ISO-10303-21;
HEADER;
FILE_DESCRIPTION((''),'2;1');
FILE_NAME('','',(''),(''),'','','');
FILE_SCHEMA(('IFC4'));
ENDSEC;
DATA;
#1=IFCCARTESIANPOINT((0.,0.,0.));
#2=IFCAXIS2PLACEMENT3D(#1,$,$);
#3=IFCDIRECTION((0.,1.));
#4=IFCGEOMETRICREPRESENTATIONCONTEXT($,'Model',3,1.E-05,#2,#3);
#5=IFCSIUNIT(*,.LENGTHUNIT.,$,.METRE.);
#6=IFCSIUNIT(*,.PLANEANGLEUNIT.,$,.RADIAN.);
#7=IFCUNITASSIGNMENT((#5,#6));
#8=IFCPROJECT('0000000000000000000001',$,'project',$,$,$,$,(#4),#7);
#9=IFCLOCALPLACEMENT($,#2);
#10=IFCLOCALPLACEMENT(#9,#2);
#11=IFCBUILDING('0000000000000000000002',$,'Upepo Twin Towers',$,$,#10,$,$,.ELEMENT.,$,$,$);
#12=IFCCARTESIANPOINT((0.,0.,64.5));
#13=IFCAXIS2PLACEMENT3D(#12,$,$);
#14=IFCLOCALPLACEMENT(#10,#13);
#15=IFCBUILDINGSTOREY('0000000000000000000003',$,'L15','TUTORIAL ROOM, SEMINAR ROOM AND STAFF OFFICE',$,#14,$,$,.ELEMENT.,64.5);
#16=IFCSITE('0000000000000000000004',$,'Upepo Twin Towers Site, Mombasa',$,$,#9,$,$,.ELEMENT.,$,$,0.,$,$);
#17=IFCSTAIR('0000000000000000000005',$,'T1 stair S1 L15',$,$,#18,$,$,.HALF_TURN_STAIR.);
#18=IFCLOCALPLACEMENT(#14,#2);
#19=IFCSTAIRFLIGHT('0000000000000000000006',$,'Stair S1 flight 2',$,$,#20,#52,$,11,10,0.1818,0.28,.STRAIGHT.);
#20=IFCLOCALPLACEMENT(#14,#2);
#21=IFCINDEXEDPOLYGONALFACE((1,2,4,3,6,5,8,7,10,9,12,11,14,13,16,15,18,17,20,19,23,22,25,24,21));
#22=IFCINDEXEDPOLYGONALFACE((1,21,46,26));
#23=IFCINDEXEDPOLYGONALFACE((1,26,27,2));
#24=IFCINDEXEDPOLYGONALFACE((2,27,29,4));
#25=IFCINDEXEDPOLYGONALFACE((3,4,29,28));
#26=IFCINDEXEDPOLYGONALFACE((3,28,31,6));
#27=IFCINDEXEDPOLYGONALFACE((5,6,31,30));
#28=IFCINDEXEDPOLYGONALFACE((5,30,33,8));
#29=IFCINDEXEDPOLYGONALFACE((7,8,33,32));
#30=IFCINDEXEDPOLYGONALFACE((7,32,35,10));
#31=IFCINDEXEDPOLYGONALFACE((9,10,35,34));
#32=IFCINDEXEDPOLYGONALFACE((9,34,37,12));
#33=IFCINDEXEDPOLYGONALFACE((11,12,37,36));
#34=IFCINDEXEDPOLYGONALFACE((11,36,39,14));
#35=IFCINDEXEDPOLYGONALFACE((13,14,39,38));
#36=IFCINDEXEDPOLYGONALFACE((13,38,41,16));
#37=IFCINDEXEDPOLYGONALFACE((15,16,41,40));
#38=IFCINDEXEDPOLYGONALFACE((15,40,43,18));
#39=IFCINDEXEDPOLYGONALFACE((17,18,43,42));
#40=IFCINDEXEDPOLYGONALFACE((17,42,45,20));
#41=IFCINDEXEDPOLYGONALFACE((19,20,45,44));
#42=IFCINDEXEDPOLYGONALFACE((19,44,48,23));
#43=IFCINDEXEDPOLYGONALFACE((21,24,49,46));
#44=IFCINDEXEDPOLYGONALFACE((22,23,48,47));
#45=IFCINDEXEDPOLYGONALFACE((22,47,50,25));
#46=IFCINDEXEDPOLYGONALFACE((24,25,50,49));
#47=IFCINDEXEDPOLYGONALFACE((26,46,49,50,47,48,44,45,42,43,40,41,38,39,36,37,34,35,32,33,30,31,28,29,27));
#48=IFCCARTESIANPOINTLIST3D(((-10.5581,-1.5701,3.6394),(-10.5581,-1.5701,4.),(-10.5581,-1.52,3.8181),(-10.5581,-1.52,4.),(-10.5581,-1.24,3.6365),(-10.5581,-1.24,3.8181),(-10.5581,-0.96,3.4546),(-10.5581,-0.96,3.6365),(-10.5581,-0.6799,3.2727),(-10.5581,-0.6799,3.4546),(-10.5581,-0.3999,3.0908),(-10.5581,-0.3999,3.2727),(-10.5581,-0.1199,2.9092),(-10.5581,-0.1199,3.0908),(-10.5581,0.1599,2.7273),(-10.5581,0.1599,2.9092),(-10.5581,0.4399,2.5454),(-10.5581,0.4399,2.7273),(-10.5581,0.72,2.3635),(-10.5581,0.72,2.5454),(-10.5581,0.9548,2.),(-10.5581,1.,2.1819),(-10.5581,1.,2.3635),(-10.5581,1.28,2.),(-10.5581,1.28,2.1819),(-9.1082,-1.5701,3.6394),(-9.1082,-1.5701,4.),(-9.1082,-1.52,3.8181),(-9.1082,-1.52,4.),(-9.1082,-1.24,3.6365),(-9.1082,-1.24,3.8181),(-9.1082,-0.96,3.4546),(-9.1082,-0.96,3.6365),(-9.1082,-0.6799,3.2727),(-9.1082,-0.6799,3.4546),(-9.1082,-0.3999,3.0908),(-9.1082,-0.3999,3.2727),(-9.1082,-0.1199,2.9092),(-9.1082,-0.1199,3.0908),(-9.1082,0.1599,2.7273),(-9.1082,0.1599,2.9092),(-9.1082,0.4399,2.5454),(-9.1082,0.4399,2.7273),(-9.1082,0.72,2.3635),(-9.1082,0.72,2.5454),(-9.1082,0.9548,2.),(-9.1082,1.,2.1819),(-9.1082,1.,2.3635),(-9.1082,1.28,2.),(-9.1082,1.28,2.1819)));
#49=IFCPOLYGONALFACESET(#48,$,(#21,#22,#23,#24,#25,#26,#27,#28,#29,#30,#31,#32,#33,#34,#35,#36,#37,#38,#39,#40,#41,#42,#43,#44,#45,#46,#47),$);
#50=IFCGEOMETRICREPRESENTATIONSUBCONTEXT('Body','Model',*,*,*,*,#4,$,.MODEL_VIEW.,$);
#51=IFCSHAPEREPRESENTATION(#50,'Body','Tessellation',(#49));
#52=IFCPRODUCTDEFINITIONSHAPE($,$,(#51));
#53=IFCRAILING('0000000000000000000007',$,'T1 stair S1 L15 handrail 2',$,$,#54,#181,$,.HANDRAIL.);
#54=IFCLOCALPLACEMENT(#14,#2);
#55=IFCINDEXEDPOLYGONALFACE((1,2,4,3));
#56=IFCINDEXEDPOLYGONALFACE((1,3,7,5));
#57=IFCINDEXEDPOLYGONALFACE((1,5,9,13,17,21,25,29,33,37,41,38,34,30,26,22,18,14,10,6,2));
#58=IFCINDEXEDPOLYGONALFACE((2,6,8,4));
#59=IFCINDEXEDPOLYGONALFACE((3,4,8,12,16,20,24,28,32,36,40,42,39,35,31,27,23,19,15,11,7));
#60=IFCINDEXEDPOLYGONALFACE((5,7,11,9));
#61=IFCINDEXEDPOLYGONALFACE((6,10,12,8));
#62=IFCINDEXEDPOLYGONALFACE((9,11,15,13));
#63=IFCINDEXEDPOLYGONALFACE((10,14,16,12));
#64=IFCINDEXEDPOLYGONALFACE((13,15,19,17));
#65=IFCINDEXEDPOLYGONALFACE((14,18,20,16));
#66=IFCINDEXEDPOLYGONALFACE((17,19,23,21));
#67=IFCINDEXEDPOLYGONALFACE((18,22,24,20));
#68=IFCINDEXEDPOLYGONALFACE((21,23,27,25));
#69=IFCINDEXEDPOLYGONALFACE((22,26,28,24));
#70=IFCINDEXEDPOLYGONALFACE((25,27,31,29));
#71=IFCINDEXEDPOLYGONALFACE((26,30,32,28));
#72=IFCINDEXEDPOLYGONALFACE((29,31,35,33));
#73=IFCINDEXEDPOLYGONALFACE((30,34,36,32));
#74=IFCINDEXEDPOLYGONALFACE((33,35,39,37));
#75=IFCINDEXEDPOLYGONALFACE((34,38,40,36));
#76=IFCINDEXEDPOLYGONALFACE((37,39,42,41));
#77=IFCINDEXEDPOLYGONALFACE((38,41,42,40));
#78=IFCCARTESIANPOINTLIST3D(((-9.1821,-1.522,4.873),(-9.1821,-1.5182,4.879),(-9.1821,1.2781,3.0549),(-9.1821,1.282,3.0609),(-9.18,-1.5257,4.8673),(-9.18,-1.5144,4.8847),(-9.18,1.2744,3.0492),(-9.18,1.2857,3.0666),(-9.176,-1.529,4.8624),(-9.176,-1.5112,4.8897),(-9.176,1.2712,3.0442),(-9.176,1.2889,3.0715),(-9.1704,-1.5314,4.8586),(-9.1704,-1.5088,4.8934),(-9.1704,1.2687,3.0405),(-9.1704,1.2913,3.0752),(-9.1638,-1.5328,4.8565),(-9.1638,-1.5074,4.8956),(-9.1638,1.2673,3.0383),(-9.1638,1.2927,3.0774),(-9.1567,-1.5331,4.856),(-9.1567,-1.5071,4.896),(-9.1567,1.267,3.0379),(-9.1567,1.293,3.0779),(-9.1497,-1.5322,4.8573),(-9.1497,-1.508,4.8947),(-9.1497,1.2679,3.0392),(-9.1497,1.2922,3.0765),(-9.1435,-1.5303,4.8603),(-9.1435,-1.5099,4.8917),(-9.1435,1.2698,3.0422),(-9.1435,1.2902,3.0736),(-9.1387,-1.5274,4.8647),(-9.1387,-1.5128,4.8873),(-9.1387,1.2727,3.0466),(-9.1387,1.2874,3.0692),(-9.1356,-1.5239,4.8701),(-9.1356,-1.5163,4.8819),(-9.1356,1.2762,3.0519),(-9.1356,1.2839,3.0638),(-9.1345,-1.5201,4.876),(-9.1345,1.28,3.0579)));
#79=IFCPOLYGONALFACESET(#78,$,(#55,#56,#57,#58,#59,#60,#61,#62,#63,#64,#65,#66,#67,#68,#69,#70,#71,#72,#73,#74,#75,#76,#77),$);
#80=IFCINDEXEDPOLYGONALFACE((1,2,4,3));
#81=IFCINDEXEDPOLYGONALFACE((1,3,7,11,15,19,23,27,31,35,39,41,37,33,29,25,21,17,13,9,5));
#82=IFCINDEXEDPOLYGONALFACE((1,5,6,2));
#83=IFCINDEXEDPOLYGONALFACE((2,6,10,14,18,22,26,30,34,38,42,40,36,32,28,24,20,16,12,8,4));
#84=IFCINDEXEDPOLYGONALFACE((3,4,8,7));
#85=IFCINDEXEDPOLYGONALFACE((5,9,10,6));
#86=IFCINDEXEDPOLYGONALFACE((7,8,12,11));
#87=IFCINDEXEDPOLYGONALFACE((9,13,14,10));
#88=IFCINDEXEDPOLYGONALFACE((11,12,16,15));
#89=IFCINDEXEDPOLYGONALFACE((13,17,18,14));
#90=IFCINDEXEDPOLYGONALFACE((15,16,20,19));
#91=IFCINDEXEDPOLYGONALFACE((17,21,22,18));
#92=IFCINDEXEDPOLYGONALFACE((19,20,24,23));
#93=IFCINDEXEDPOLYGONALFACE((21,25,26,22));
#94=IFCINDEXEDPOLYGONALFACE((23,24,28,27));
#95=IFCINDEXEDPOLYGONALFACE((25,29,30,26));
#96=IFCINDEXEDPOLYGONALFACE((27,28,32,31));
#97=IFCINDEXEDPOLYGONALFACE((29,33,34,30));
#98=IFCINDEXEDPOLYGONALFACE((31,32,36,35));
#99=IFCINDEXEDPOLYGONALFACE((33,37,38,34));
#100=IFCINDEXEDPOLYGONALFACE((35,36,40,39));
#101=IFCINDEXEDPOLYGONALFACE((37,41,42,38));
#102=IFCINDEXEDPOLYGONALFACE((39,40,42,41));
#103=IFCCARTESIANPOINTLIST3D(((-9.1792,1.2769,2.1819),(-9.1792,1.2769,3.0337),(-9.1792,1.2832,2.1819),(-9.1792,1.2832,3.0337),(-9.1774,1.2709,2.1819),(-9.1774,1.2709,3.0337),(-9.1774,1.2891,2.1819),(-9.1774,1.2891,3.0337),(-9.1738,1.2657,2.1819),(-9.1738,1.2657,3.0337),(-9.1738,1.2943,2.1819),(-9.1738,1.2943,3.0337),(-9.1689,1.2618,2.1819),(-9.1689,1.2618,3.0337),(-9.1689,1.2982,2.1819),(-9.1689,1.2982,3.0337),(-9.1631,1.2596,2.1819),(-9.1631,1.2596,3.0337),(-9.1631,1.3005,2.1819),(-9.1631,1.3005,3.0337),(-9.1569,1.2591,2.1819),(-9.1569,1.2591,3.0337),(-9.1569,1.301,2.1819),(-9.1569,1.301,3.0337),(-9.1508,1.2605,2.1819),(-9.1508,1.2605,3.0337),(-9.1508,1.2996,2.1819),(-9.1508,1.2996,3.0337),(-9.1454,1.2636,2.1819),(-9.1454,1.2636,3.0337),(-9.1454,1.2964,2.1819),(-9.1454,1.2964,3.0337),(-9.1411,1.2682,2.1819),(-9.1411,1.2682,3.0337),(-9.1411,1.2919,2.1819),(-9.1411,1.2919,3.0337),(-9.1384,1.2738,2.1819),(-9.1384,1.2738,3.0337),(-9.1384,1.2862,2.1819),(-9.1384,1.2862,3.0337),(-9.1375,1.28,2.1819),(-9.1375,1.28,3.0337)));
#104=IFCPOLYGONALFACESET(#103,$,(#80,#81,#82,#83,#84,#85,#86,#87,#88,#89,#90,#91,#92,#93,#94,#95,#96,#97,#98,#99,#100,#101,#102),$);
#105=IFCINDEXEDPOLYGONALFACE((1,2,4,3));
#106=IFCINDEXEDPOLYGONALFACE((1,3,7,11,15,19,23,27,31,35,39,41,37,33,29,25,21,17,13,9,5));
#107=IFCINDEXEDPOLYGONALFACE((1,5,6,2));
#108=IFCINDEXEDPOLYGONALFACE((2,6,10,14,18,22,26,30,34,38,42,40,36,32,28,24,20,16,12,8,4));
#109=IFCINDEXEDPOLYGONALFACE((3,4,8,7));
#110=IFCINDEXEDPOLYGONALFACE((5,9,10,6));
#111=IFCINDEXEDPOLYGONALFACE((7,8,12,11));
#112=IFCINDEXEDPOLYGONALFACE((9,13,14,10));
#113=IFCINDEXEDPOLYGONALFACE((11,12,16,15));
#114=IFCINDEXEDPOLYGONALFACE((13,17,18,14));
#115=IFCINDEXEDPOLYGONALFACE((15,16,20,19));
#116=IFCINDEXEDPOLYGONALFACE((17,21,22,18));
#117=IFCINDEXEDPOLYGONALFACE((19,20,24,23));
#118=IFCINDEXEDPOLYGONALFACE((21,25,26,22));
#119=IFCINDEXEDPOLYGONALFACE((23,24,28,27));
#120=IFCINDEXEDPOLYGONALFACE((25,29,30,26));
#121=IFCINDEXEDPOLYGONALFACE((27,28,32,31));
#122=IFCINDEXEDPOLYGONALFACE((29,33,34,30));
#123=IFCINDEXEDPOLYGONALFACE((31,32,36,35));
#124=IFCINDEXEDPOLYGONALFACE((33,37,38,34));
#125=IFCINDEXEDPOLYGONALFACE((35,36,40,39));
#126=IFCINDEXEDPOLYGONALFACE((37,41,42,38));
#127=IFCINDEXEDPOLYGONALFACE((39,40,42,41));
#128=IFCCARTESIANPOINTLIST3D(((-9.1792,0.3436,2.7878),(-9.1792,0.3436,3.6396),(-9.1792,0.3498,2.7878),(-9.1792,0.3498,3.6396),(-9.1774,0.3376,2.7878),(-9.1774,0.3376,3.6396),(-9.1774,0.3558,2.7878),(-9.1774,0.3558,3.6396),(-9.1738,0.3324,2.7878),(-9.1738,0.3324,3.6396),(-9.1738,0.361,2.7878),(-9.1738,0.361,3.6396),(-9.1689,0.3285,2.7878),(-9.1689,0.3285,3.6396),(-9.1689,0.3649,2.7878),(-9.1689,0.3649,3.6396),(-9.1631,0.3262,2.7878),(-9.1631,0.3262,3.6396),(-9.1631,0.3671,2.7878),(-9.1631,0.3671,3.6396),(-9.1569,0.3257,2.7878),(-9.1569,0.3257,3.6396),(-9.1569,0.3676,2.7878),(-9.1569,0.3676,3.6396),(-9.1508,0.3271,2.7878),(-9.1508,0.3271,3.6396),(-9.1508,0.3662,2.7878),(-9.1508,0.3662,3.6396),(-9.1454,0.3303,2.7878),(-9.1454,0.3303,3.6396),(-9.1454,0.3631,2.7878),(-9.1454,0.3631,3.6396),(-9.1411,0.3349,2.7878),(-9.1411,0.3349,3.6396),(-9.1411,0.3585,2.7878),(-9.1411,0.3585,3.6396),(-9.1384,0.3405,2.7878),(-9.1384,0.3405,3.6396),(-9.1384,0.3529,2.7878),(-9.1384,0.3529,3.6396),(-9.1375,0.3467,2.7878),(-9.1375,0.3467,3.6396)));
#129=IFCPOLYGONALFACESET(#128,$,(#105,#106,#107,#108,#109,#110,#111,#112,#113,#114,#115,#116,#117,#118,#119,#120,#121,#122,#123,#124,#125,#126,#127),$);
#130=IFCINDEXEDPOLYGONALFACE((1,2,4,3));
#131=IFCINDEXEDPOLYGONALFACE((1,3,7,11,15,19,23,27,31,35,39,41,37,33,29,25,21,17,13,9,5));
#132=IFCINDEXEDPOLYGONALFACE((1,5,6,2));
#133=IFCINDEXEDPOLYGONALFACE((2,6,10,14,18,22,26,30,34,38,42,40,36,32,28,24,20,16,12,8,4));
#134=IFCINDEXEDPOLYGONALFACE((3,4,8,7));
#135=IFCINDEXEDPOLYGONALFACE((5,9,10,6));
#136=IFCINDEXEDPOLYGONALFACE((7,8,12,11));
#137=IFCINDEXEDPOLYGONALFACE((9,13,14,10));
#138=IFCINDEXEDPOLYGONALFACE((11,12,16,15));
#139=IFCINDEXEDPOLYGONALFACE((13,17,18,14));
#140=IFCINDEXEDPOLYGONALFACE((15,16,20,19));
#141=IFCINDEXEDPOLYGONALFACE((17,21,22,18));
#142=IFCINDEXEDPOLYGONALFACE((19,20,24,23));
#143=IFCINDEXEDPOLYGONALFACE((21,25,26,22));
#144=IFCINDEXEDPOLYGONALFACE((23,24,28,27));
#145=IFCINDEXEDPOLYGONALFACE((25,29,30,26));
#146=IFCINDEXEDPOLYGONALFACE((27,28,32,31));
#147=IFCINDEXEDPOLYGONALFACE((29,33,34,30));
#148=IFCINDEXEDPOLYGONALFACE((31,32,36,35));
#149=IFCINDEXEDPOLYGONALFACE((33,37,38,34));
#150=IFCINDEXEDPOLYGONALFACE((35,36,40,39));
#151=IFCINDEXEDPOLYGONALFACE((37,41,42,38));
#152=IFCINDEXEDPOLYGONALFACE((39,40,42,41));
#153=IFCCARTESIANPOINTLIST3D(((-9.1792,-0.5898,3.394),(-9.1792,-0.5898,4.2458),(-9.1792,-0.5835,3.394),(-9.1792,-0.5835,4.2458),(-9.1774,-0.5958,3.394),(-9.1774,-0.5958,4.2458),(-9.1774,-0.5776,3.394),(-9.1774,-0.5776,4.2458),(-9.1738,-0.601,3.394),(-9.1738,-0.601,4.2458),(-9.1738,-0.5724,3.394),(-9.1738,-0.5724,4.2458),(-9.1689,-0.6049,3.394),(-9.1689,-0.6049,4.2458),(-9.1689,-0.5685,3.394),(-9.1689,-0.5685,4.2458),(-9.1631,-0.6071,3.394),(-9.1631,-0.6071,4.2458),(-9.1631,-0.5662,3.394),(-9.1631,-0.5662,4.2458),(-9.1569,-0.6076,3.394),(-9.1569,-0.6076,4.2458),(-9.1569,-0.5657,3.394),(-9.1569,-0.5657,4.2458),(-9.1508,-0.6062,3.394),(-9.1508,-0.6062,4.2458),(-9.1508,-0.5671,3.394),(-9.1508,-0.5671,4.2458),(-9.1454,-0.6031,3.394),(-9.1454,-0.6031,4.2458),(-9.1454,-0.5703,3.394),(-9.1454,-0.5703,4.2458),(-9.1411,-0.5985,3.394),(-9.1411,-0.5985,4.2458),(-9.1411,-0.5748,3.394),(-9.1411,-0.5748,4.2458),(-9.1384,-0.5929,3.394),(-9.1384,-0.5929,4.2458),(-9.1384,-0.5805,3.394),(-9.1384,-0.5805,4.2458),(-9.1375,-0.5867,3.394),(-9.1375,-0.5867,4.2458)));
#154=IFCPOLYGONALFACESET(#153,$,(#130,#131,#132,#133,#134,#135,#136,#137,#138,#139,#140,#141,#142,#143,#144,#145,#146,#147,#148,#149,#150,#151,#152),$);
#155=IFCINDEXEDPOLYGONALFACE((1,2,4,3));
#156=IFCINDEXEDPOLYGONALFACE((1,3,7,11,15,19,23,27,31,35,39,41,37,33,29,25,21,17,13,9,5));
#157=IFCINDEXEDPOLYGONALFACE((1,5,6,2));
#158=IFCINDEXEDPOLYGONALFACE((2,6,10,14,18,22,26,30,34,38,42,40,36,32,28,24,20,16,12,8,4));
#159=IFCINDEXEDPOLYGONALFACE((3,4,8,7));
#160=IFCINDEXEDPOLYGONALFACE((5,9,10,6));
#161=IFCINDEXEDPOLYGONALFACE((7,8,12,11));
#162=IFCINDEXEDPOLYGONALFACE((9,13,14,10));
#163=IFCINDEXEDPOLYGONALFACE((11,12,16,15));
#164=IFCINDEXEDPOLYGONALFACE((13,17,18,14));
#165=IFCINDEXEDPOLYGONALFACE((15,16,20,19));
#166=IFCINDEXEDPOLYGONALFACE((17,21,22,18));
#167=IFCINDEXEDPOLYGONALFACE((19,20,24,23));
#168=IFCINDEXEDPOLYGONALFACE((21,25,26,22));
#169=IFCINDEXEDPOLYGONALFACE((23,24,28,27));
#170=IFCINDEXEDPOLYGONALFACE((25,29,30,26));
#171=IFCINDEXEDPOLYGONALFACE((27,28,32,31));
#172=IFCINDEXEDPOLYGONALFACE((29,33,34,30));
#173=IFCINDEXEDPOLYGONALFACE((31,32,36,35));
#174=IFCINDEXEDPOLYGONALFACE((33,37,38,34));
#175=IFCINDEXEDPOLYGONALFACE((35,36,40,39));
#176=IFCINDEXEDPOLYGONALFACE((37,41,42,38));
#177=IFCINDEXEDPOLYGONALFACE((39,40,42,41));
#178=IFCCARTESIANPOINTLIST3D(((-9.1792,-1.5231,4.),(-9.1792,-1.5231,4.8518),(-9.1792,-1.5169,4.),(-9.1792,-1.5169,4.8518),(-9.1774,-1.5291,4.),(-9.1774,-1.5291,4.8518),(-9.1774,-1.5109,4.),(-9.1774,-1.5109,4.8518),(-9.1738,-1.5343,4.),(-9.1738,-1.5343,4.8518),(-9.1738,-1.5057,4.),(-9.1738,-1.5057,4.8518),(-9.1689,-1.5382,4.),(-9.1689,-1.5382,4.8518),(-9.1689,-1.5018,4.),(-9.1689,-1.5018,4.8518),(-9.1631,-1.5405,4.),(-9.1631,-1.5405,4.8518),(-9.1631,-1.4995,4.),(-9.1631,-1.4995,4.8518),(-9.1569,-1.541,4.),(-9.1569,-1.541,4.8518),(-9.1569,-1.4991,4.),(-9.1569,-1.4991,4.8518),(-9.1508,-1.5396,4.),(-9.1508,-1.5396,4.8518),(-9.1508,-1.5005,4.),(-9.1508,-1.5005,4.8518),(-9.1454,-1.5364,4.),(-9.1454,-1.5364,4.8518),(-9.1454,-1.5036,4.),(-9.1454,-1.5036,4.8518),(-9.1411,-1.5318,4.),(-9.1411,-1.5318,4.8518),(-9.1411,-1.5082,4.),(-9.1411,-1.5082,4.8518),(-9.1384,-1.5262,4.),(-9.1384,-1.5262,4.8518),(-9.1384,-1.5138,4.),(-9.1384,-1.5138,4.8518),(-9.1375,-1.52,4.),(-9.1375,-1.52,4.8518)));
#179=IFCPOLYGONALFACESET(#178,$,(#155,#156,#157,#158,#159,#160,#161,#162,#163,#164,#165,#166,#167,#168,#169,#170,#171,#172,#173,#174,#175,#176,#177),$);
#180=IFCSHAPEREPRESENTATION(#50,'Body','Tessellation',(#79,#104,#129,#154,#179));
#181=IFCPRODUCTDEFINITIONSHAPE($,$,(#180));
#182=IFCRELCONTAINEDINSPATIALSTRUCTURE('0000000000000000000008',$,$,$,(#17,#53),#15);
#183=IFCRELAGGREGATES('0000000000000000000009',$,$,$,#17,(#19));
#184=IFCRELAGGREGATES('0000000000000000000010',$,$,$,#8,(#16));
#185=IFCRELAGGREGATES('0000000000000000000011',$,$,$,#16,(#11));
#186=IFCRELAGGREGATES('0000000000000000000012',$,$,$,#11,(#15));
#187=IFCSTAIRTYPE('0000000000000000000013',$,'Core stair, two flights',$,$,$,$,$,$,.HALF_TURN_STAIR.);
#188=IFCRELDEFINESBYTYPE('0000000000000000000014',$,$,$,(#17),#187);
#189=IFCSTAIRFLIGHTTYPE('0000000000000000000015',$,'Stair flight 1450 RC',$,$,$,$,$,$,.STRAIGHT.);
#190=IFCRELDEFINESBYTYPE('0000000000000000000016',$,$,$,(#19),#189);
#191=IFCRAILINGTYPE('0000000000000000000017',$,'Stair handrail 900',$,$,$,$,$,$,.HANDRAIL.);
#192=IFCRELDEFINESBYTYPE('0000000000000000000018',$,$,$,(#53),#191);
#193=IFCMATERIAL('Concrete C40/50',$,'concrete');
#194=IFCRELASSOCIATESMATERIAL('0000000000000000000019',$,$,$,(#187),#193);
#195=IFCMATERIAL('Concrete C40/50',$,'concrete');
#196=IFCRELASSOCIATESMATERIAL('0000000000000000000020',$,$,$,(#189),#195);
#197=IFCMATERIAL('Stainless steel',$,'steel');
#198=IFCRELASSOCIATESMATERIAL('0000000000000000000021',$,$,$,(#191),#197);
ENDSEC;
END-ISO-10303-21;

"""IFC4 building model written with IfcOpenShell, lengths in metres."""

from ifc_helpers import new_model, si_unit, direction, frame, origin, origin_2d, place, context, subcontext, project, spatial, polyline, circle, outline, extrude, material, type_object, element, aggregate, save


model = new_model("IFC4")

# Units and contexts
model_context = context("Model", 3, precision=1e-05, world=origin(), true_north=direction((0.0, 1.0)))
body_context = subcontext(model_context, "Body", "Model", "MODEL_VIEW")
ifc_project = project(units=[si_unit("LENGTHUNIT", "METRE"), si_unit("PLANEANGLEUNIT", "RADIAN")], contexts=[model_context])

# Site, building, storey
site_placement = place(None, origin())
site = spatial("IfcSite", under=ifc_project, at=site_placement, Name="Upepo Twin Towers Site, Mombasa", CompositionType="ELEMENT", RefElevation=0.0)
building_placement = place(site_placement, origin())
building = spatial("IfcBuilding", under=site, at=building_placement, Name="Upepo Twin Towers", CompositionType="ELEMENT")
storey_placement = place(building_placement, frame((0.0, 0.0, 64.5)))
storey = spatial("IfcBuildingStorey", under=building, at=storey_placement, Name="L15", Description="TUTORIAL ROOM, SEMINAR ROOM AND STAFF OFFICE", CompositionType="ELEMENT", Elevation=64.5)

# Stair, stair flight
ifc_material_1 = material(Name="Concrete C40/50", Category="concrete")
stair_type = type_object("IfcStairType", Name="Core stair, two flights", PredefinedType="HALF_TURN_STAIR", material=ifc_material_1)
stair_placement = place(storey_placement, origin())
stair = element("IfcStair", 1, at=stair_placement, inside=storey, type_object=stair_type, Name="T1 stair S1 L15", PredefinedType="HALF_TURN_STAIR")
ifc_material_2 = material(Name="Concrete C40/50", Category="concrete")
stair_flight_type = type_object("IfcStairFlightType", Name="Stair flight 1450 RC", PredefinedType="STRAIGHT", material=ifc_material_2)
stair_flight_placement = place(storey_placement, frame((-9.8333, 1.28, 2.0), z_axis=(0.0, 0.0, 1.0), x_axis=(0.0, -1.0, 0.0)))
stair_flight = element("IfcStairFlight", 2, at=stair_flight_placement, type_object=stair_flight_type, Name="Stair S1 flight 2", NumberOfRisers=11, NumberOfTreads=10, PredefinedType="STRAIGHT", RiserHeight=0.1818, TreadLength=0.28, context=body_context, shape_type="SweptSolid", body=[
    extrude(outline(polyline([(0.0, 0.0), (0.0, 0.1819), (0.28, 0.1819), (0.28, 0.3635), (0.5601, 0.3635), (0.5601, 0.5454), (0.8401, 0.5454), (0.8401, 0.7273), (1.1201, 0.7273), (1.1201, 0.9092), (1.3999, 0.9092), (1.3999, 1.0908), (1.6799, 1.0908), (1.6799, 1.2727), (1.96, 1.2727), (1.96, 1.4546), (2.24, 1.4546), (2.24, 1.6365), (2.52, 1.6365), (2.52, 1.8181), (2.8, 1.8181), (2.8, 2.0), (2.8501, 2.0), (2.8501, 1.6394), (0.3252, 0.0), (0.0, 0.0)])), frame((0.0, 0.7251, 0.0), z_axis=(0.0, -1.0, 0.0), x_axis=(1.0, 0.0, 0.0)), (0.0, 0.0, 1.0), 1.45),
])
aggregate(stair, [stair_flight])

# Railing
ifc_material_3 = material(Name="Stainless steel", Category="steel")
railing_type = type_object("IfcRailingType", Name="Stair handrail 900", PredefinedType="HANDRAIL", material=ifc_material_3)
railing_placement = place(storey_placement, frame((-9.1584, 1.28, 2.1819)))
element("IfcRailing", 3, at=railing_placement, inside=storey, type_object=railing_type, Name="T1 stair S1 L15 handrail 2", PredefinedType="HANDRAIL", context=body_context, shape_type="SweptSolid", body=[
    extrude(circle(Radius=0.0239, at=origin_2d()), frame((0.0, 0.0, 0.876), z_axis=(0.0, -0.838706, 0.544585), x_axis=(1.0, 0.0, 0.0)), (0.0, 0.0, 1.0), 3.3386),
    extrude(circle(Radius=0.021, at=origin_2d()), origin(), (0.0, 0.0, 1.0), 0.8518),
    extrude(circle(Radius=0.021, at=origin_2d()), frame((0.0, -0.9333, 0.606)), (0.0, 0.0, 1.0), 0.8518),
    extrude(circle(Radius=0.021, at=origin_2d()), frame((0.0, -1.8667, 1.2122)), (0.0, 0.0, 1.0), 0.8518),
    extrude(circle(Radius=0.021, at=origin_2d()), frame((0.0, -2.8, 1.8181)), (0.0, 0.0, 1.0), 0.8518),
])

save(model, "model.ifc")
